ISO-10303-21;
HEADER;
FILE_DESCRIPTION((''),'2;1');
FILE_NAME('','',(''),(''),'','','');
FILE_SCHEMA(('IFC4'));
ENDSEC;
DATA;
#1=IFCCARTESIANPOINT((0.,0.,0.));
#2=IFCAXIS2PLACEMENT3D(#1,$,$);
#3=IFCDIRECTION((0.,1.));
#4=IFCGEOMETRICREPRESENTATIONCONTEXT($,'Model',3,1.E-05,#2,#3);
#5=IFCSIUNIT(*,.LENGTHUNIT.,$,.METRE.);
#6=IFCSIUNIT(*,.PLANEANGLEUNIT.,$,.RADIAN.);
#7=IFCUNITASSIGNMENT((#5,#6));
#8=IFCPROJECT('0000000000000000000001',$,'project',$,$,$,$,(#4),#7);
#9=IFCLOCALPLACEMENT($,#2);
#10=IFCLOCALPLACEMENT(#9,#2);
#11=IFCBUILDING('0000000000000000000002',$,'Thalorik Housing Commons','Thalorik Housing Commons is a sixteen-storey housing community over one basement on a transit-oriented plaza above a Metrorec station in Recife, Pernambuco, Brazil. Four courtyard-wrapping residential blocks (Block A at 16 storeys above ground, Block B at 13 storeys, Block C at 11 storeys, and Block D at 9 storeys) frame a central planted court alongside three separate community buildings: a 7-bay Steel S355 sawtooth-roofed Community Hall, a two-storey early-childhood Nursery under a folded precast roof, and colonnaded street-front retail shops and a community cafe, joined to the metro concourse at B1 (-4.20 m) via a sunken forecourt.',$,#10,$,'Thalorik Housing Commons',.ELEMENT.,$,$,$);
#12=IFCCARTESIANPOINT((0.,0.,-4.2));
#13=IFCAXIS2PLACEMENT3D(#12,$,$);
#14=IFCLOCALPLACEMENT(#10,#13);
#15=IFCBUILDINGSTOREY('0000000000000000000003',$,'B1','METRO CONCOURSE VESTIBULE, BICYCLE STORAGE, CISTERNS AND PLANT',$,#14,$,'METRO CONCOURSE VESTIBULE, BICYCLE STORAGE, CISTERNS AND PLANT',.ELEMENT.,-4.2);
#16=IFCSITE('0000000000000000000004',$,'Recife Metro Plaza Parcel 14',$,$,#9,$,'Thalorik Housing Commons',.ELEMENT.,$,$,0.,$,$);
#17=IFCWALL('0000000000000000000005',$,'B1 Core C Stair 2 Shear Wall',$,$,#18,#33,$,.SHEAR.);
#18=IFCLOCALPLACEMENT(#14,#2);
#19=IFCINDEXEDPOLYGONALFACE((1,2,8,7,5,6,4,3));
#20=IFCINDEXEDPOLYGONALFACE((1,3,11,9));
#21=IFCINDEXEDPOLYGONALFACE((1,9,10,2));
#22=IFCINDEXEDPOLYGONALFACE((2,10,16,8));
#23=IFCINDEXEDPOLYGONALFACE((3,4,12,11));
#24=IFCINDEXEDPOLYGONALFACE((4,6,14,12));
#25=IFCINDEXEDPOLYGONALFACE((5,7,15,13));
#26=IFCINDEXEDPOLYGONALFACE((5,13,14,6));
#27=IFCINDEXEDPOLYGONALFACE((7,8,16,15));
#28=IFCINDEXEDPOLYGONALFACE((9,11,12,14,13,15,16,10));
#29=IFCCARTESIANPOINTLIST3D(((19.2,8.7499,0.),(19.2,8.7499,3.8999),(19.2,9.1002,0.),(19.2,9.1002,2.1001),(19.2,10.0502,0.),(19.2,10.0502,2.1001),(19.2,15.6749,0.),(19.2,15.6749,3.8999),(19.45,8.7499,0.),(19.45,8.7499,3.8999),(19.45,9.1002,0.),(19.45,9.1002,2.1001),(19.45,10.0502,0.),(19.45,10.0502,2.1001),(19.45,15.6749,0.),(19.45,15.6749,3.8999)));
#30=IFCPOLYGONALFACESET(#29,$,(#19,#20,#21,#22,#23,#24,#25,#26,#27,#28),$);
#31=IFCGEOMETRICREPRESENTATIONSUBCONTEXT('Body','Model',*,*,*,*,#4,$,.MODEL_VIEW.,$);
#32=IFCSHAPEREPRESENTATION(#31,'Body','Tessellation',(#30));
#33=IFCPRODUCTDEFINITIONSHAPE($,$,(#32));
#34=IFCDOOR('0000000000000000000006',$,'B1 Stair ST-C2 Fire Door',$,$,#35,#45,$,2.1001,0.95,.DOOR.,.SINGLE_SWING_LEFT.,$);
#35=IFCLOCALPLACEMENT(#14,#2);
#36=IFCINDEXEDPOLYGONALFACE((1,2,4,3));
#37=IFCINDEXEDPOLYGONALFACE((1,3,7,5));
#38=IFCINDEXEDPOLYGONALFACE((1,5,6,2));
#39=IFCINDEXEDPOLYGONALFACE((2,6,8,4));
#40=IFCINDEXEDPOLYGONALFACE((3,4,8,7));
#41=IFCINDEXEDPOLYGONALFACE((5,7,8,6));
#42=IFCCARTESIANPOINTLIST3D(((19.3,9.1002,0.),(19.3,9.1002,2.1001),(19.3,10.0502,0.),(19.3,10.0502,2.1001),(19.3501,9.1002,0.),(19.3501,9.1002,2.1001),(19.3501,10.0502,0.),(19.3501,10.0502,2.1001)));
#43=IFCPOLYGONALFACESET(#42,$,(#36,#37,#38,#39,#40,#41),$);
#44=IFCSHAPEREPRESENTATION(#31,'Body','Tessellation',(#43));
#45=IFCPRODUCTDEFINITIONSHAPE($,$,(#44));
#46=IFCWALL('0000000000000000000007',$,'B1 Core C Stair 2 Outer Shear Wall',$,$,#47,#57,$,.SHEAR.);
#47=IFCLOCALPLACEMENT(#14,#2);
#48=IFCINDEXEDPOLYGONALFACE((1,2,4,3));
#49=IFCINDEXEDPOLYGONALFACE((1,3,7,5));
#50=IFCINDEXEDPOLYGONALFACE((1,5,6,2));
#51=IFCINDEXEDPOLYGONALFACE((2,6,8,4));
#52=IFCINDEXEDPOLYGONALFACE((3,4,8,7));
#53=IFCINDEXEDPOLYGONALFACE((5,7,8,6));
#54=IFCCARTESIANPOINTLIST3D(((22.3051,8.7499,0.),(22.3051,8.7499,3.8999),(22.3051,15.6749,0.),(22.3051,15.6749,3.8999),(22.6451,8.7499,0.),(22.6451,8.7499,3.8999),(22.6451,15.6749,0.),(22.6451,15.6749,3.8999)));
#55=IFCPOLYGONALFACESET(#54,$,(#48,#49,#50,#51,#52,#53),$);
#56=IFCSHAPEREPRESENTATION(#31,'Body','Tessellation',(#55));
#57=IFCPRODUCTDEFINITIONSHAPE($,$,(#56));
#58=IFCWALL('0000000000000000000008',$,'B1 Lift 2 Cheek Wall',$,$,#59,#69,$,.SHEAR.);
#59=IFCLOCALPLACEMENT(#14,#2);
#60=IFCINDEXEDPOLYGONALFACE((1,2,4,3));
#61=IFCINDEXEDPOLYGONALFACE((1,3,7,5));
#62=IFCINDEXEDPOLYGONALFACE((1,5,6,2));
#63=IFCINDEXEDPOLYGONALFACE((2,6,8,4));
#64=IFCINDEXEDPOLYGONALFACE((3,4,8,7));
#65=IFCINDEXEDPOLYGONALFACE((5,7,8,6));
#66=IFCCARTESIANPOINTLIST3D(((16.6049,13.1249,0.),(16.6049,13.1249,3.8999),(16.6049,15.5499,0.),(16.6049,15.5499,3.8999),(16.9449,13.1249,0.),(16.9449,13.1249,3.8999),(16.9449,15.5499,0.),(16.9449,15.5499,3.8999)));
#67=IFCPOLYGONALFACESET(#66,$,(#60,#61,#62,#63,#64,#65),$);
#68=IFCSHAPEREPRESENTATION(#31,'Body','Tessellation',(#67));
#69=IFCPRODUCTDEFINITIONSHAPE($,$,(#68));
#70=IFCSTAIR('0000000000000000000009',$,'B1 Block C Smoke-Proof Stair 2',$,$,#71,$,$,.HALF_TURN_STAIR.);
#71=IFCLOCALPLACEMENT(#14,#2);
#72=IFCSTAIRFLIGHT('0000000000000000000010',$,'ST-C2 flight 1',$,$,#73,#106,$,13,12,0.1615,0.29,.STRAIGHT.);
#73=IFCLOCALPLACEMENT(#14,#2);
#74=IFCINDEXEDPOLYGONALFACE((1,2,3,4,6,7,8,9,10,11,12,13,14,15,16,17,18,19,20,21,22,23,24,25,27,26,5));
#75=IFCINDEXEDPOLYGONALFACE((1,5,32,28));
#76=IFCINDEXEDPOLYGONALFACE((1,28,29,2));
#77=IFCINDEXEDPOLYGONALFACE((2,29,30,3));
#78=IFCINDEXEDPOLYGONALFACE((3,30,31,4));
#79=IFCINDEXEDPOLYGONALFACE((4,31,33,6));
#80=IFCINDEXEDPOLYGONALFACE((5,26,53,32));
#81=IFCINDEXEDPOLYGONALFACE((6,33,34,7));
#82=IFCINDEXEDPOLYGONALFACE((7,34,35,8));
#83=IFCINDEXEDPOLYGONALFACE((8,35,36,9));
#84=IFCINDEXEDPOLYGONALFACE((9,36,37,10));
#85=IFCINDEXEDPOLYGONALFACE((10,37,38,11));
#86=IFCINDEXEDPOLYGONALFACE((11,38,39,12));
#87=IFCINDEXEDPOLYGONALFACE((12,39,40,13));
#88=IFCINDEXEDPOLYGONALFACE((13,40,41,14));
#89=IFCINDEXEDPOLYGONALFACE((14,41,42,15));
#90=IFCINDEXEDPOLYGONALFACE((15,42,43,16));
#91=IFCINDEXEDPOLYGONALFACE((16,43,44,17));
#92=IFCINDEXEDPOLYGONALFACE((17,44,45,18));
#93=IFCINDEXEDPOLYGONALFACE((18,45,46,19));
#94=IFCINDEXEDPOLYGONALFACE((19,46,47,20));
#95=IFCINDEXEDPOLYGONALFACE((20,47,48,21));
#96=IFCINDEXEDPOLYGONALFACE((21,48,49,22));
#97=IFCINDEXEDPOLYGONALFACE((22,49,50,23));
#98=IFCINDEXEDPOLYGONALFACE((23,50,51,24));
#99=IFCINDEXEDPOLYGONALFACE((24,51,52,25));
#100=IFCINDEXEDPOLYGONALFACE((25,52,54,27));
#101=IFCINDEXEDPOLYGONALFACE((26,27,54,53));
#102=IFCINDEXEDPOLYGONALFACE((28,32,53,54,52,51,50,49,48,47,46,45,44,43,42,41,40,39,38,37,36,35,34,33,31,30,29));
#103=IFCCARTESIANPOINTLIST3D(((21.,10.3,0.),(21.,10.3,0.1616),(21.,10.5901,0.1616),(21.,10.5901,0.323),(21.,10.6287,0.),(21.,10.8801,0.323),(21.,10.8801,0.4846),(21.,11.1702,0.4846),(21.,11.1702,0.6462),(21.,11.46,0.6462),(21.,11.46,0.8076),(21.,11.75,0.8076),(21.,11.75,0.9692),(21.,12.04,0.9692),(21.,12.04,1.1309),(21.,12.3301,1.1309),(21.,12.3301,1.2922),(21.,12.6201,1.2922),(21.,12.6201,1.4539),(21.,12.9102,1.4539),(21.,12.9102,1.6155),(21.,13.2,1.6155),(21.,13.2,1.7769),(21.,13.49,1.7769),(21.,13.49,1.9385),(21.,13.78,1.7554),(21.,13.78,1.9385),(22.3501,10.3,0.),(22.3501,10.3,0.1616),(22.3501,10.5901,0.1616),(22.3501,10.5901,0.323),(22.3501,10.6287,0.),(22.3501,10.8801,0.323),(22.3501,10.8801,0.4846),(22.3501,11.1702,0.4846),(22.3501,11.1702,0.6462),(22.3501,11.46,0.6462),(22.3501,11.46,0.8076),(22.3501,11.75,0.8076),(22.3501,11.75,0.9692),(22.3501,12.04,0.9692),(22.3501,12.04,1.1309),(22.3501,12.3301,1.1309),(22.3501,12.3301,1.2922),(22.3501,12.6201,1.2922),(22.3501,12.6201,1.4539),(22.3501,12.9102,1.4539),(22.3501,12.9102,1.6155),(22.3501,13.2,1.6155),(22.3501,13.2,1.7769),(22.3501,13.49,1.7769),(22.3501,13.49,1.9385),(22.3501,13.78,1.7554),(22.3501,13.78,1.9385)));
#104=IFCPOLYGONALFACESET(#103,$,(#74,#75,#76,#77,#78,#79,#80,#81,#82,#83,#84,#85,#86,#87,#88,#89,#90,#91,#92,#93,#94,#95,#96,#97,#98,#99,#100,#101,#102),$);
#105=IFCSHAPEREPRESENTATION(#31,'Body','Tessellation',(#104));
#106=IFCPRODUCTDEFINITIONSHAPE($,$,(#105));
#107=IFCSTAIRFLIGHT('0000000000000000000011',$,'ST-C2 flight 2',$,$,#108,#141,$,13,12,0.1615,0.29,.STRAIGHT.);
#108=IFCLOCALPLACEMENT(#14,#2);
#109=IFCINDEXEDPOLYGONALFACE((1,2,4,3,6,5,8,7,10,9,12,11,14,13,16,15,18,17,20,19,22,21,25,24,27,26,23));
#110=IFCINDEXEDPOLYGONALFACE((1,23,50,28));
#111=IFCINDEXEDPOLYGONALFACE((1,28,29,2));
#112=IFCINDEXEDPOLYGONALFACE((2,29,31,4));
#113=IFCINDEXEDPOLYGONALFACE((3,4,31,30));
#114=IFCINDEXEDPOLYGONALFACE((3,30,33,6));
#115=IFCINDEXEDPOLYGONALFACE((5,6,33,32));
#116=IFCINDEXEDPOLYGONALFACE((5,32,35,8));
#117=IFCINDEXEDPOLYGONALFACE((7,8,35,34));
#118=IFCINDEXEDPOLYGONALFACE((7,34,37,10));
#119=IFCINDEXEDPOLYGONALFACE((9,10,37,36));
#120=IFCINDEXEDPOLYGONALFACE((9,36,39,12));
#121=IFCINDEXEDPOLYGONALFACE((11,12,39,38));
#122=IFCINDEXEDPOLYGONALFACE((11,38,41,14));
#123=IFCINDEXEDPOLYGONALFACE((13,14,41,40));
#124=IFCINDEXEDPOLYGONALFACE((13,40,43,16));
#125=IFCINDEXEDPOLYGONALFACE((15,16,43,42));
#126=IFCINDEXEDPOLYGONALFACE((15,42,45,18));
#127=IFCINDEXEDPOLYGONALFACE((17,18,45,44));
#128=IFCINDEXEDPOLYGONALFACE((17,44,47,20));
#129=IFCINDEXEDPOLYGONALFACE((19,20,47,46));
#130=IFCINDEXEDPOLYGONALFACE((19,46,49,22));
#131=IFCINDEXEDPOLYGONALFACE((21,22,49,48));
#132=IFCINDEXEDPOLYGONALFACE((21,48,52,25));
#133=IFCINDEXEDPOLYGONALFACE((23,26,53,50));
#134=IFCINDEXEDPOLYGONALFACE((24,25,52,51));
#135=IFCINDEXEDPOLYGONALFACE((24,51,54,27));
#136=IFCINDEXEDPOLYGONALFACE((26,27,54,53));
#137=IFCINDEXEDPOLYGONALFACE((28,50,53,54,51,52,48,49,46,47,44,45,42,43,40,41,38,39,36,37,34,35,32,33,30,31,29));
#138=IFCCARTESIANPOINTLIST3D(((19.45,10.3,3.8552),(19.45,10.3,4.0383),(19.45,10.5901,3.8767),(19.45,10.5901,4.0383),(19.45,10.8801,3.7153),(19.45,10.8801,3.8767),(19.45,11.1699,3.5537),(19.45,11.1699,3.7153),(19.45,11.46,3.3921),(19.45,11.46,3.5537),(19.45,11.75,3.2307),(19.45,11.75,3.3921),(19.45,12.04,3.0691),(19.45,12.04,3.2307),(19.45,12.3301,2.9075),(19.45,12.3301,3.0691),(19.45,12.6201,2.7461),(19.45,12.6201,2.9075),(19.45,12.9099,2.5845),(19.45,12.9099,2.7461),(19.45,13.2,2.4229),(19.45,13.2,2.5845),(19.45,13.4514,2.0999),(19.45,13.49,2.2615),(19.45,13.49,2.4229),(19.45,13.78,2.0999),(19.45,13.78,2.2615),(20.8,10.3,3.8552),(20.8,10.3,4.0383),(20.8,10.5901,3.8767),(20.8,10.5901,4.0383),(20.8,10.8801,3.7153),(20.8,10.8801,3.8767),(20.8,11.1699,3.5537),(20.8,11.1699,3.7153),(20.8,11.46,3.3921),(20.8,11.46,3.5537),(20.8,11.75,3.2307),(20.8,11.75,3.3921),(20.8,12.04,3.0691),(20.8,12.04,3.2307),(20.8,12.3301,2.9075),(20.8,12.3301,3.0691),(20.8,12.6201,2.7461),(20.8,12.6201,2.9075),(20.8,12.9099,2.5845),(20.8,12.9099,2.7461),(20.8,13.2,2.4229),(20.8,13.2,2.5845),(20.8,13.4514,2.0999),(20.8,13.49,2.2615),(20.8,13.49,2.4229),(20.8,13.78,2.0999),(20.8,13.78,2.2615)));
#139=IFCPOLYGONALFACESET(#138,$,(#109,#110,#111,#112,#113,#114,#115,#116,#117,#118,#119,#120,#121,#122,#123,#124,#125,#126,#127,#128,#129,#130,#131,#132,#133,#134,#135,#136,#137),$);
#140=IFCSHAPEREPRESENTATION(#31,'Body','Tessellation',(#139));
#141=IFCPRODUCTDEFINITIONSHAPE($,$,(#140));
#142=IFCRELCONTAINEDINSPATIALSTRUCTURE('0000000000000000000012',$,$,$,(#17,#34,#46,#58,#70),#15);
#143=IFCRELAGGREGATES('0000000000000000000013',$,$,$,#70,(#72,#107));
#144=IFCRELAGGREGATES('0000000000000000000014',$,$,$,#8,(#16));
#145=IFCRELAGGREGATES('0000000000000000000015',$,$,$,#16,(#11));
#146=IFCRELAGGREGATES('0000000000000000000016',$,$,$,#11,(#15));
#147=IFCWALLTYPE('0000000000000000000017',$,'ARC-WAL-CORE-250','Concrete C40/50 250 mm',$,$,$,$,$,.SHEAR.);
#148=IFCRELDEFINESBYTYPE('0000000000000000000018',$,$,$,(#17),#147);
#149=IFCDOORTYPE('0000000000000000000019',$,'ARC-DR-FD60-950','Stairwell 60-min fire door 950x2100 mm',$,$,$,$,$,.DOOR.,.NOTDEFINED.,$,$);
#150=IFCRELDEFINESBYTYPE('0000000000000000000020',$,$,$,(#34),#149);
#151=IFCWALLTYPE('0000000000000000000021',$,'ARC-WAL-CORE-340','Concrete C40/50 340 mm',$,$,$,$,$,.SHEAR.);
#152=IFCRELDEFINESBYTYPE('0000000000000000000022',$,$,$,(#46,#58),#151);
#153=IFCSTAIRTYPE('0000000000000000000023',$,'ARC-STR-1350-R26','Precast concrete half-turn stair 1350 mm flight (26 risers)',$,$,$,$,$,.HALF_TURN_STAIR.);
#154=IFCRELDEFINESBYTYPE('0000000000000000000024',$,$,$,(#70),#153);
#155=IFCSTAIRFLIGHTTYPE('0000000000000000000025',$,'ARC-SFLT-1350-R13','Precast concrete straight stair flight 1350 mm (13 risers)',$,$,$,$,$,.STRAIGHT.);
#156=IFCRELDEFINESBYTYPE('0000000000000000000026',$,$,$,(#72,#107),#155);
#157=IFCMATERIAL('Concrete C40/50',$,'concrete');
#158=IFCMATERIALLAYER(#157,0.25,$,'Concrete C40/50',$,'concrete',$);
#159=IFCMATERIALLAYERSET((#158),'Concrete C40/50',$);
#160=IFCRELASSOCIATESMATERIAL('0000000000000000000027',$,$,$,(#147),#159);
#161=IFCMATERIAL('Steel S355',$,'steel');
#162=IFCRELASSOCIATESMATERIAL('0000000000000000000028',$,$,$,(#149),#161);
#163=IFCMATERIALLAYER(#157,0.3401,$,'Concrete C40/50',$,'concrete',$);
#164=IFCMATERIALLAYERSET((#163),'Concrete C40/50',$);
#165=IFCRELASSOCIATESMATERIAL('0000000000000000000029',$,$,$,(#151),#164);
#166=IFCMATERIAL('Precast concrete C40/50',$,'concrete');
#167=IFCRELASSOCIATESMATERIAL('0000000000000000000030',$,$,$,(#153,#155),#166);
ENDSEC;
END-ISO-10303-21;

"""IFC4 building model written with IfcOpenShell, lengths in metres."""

from ifc_helpers import new_model, si_unit, direction, frame, frame_2d, origin, place, context, subcontext, project, spatial, polyline, rectangle, outline, extrude, material, layer, layer_set, type_object, element, fill, aggregate, save


model = new_model("IFC4")

# Units and contexts
model_context = context("Model", 3, precision=1e-05, world=origin(), true_north=direction((0.0, 1.0)))
body_context = subcontext(model_context, "Body", "Model", "MODEL_VIEW")
ifc_project = project(units=[si_unit("LENGTHUNIT", "METRE"), si_unit("PLANEANGLEUNIT", "RADIAN")], contexts=[model_context])

# Site, building, storey
site_placement = place(None, origin())
site = spatial("IfcSite", under=ifc_project, at=site_placement, Name="Recife Metro Plaza Parcel 14", LongName="Thalorik Housing Commons", CompositionType="ELEMENT", RefElevation=0.0)
building_placement = place(site_placement, origin())
building = spatial("IfcBuilding", under=site, at=building_placement, Name="Thalorik Housing Commons", Description="Thalorik Housing Commons is a sixteen-storey housing community over one basement on a transit-oriented plaza above a Metrorec station in Recife, Pernambuco, Brazil. Four courtyard-wrapping residential blocks (Block A at 16 storeys above ground, Block B at 13 storeys, Block C at 11 storeys, and Block D at 9 storeys) frame a central planted court alongside three separate community buildings: a 7-bay Steel S355 sawtooth-roofed Community Hall, a two-storey early-childhood Nursery under a folded precast roof, and colonnaded street-front retail shops and a community cafe, joined to the metro concourse at B1 (-4.20 m) via a sunken forecourt.", LongName="Thalorik Housing Commons", CompositionType="ELEMENT")
storey_placement = place(building_placement, frame((0.0, 0.0, -4.2)))
storey = spatial("IfcBuildingStorey", under=building, at=storey_placement, Name="B1", Description="METRO CONCOURSE VESTIBULE, BICYCLE STORAGE, CISTERNS AND PLANT", LongName="METRO CONCOURSE VESTIBULE, BICYCLE STORAGE, CISTERNS AND PLANT", CompositionType="ELEMENT", Elevation=-4.2)

# Shared definitions
ifc_material_1 = material(Name="Concrete C40/50", Category="concrete")

# Shared definitions
ifc_material_2 = material(Name="Precast concrete C40/50", Category="concrete")

# Wall, opening, door
ifc_layer_1 = layer(ifc_material_1, 0.25, Name="Concrete C40/50", Category="concrete")
ifc_layer_set_1 = layer_set([ifc_layer_1], Name="Concrete C40/50")
wall_type_1 = type_object("IfcWallType", Name="ARC-WAL-CORE-250", Description="Concrete C40/50 250 mm", PredefinedType="SHEAR", material=ifc_layer_set_1)
wall_1_placement = place(storey_placement, frame((19.325, 8.75, 0.0), z_axis=(0.0, 0.0, 1.0), x_axis=(0.0, 1.0, 0.0)))
wall_1 = element("IfcWall", 1, at=wall_1_placement, inside=storey, type_object=wall_type_1, Name="B1 Core C Stair 2 Shear Wall", PredefinedType="SHEAR", context=body_context, shape_type="SweptSolid", body=[
    extrude(rectangle(XDim=6.925, YDim=0.25, at=frame_2d((3.4624, 0.0))), origin(), (0.0, 0.0, 1.0), 3.8999),
])
opening_1_placement = place(wall_1_placement, frame((0.3501, 0.0, 0.0)))
opening_1 = element("IfcOpeningElement", 2, at=opening_1_placement, cuts=wall_1, PredefinedType="OPENING", context=body_context, shape_type="SweptSolid", body=[
    extrude(rectangle(XDim=0.95, YDim=2.1001, at=frame_2d((0.4751, 1.05))), frame((0.0, 0.135, 0.0), z_axis=(0.0, -1.0, 0.0), x_axis=(1.0, 0.0, 0.0)), (0.0, 0.0, 1.0), 0.27),
])
ifc_material_3 = material(Name="Steel S355", Category="steel")
door_type_1 = type_object("IfcDoorType", Name="ARC-DR-FD60-950", Description="Stairwell 60-min fire door 950x2100 mm", OperationType="NOTDEFINED", PredefinedType="DOOR", material=ifc_material_3)
door_1_placement = place(opening_1_placement, origin())
door_1 = element("IfcDoor", 3, at=door_1_placement, inside=storey, type_object=door_type_1, Name="B1 Stair ST-C2 Fire Door", OperationType="SINGLE_SWING_LEFT", OverallHeight=2.1001, OverallWidth=0.95, PredefinedType="DOOR", context=body_context, shape_type="SweptSolid", body=[
    extrude(rectangle(XDim=0.95, YDim=2.1001, at=frame_2d((0.4751, 1.05))), frame((0.0, 0.0249, 0.0), z_axis=(0.0, -1.0, 0.0), x_axis=(1.0, 0.0, 0.0)), (0.0, 0.0, 1.0), 0.05),
])
fill(opening_1, door_1)

# Walls
ifc_layer_2 = layer(ifc_material_1, 0.3401, Name="Concrete C40/50", Category="concrete")
ifc_layer_set_2 = layer_set([ifc_layer_2], Name="Concrete C40/50")
wall_type_2 = type_object("IfcWallType", Name="ARC-WAL-CORE-340", Description="Concrete C40/50 340 mm", PredefinedType="SHEAR", material=ifc_layer_set_2)
wall_2_placement = place(storey_placement, frame((22.4751, 8.75, 0.0), z_axis=(0.0, 0.0, 1.0), x_axis=(0.0, 1.0, 0.0)))
element("IfcWall", 4, at=wall_2_placement, inside=storey, type_object=wall_type_2, Name="B1 Core C Stair 2 Outer Shear Wall", PredefinedType="SHEAR", context=body_context, shape_type="SweptSolid", body=[
    extrude(rectangle(XDim=6.925, YDim=0.3401, at=frame_2d((3.4624, 0.0))), origin(), (0.0, 0.0, 1.0), 3.8999),
])
wall_3_placement = place(storey_placement, frame((16.7749, 13.125, 0.0), z_axis=(0.0, 0.0, 1.0), x_axis=(0.0, 1.0, 0.0)))
element("IfcWall", 5, at=wall_3_placement, inside=storey, type_object=wall_type_2, Name="B1 Lift 2 Cheek Wall", PredefinedType="SHEAR", context=body_context, shape_type="SweptSolid", body=[
    extrude(rectangle(XDim=2.425, YDim=0.3401, at=frame_2d((1.2124, 0.0))), origin(), (0.0, 0.0, 1.0), 3.8999),
])

# Stair, stair flights
stair_type = type_object("IfcStairType", Name="ARC-STR-1350-R26", Description="Precast concrete half-turn stair 1350 mm flight (26 risers)", PredefinedType="HALF_TURN_STAIR", material=ifc_material_2)
stair_placement = place(storey_placement, origin())
stair = element("IfcStair", 6, at=stair_placement, inside=storey, type_object=stair_type, Name="B1 Block C Smoke-Proof Stair 2", PredefinedType="HALF_TURN_STAIR")
stair_flight_type = type_object("IfcStairFlightType", Name="ARC-SFLT-1350-R13", Description="Precast concrete straight stair flight 1350 mm (13 risers)", PredefinedType="STRAIGHT", material=ifc_material_2)
stair_flight_1_placement = place(storey_placement, frame((21.675, 10.3, 0.0), z_axis=(0.0, 0.0, 1.0), x_axis=(0.0, 1.0, 0.0)))
stair_flight_1 = element("IfcStairFlight", 7, at=stair_flight_1_placement, type_object=stair_flight_type, Name="ST-C2 flight 1", NumberOfRisers=13, NumberOfTreads=12, PredefinedType="STRAIGHT", RiserHeight=0.1615, TreadLength=0.29, context=body_context, shape_type="SweptSolid", body=[
    extrude(outline(polyline([(0.0, 0.0), (0.0, 0.1616), (0.29, 0.1616), (0.29, 0.323), (0.5801, 0.323), (0.5801, 0.4846), (0.8701, 0.4846), (0.8701, 0.6462), (1.1599, 0.6462), (1.1599, 0.8076), (1.45, 0.8076), (1.45, 0.9692), (1.74, 0.9692), (1.74, 1.1309), (2.03, 1.1309), (2.03, 1.2922), (2.3201, 1.2922), (2.3201, 1.4539), (2.6101, 1.4539), (2.6101, 1.6155), (2.8999, 1.6155), (2.8999, 1.7769), (3.1899, 1.7769), (3.1899, 1.9385), (3.48, 1.9385), (3.48, 2.1001), (3.48, 1.7554), (0.3286, 0.0), (0.0, 0.0)])), frame((0.0, 0.675, 0.0), z_axis=(0.0, -1.0, 0.0), x_axis=(1.0, 0.0, 0.0)), (0.0, 0.0, 1.0), 1.3501),
])
stair_flight_2_placement = place(storey_placement, frame((20.125, 13.78, 2.0999), z_axis=(0.0, 0.0, 1.0), x_axis=(0.0, -1.0, 0.0)))
stair_flight_2 = element("IfcStairFlight", 8, at=stair_flight_2_placement, type_object=stair_flight_type, Name="ST-C2 flight 2", NumberOfRisers=13, NumberOfTreads=12, PredefinedType="STRAIGHT", RiserHeight=0.1615, TreadLength=0.29, context=body_context, shape_type="SweptSolid", body=[
    extrude(outline(polyline([(0.0, 0.0), (0.0, 0.1616), (0.29, 0.1616), (0.29, 0.323), (0.5801, 0.323), (0.5801, 0.4846), (0.8701, 0.4846), (0.8701, 0.6462), (1.1599, 0.6462), (1.1599, 0.8076), (1.45, 0.8076), (1.45, 0.9692), (1.74, 0.9692), (1.74, 1.1309), (2.03, 1.1309), (2.03, 1.2922), (2.3201, 1.2922), (2.3201, 1.4539), (2.6101, 1.4539), (2.6101, 1.6155), (2.8999, 1.6155), (2.8999, 1.7769), (3.1899, 1.7769), (3.1899, 1.9385), (3.48, 1.9385), (3.48, 2.1001), (3.48, 1.7554), (0.3286, 0.0), (0.0, 0.0)])), frame((0.0, 0.675, 0.0), z_axis=(0.0, -1.0, 0.0), x_axis=(1.0, 0.0, 0.0)), (0.0, 0.0, 1.0), 1.3501),
])
aggregate(stair, [stair_flight_1, stair_flight_2])

save(model, "model.ifc")
